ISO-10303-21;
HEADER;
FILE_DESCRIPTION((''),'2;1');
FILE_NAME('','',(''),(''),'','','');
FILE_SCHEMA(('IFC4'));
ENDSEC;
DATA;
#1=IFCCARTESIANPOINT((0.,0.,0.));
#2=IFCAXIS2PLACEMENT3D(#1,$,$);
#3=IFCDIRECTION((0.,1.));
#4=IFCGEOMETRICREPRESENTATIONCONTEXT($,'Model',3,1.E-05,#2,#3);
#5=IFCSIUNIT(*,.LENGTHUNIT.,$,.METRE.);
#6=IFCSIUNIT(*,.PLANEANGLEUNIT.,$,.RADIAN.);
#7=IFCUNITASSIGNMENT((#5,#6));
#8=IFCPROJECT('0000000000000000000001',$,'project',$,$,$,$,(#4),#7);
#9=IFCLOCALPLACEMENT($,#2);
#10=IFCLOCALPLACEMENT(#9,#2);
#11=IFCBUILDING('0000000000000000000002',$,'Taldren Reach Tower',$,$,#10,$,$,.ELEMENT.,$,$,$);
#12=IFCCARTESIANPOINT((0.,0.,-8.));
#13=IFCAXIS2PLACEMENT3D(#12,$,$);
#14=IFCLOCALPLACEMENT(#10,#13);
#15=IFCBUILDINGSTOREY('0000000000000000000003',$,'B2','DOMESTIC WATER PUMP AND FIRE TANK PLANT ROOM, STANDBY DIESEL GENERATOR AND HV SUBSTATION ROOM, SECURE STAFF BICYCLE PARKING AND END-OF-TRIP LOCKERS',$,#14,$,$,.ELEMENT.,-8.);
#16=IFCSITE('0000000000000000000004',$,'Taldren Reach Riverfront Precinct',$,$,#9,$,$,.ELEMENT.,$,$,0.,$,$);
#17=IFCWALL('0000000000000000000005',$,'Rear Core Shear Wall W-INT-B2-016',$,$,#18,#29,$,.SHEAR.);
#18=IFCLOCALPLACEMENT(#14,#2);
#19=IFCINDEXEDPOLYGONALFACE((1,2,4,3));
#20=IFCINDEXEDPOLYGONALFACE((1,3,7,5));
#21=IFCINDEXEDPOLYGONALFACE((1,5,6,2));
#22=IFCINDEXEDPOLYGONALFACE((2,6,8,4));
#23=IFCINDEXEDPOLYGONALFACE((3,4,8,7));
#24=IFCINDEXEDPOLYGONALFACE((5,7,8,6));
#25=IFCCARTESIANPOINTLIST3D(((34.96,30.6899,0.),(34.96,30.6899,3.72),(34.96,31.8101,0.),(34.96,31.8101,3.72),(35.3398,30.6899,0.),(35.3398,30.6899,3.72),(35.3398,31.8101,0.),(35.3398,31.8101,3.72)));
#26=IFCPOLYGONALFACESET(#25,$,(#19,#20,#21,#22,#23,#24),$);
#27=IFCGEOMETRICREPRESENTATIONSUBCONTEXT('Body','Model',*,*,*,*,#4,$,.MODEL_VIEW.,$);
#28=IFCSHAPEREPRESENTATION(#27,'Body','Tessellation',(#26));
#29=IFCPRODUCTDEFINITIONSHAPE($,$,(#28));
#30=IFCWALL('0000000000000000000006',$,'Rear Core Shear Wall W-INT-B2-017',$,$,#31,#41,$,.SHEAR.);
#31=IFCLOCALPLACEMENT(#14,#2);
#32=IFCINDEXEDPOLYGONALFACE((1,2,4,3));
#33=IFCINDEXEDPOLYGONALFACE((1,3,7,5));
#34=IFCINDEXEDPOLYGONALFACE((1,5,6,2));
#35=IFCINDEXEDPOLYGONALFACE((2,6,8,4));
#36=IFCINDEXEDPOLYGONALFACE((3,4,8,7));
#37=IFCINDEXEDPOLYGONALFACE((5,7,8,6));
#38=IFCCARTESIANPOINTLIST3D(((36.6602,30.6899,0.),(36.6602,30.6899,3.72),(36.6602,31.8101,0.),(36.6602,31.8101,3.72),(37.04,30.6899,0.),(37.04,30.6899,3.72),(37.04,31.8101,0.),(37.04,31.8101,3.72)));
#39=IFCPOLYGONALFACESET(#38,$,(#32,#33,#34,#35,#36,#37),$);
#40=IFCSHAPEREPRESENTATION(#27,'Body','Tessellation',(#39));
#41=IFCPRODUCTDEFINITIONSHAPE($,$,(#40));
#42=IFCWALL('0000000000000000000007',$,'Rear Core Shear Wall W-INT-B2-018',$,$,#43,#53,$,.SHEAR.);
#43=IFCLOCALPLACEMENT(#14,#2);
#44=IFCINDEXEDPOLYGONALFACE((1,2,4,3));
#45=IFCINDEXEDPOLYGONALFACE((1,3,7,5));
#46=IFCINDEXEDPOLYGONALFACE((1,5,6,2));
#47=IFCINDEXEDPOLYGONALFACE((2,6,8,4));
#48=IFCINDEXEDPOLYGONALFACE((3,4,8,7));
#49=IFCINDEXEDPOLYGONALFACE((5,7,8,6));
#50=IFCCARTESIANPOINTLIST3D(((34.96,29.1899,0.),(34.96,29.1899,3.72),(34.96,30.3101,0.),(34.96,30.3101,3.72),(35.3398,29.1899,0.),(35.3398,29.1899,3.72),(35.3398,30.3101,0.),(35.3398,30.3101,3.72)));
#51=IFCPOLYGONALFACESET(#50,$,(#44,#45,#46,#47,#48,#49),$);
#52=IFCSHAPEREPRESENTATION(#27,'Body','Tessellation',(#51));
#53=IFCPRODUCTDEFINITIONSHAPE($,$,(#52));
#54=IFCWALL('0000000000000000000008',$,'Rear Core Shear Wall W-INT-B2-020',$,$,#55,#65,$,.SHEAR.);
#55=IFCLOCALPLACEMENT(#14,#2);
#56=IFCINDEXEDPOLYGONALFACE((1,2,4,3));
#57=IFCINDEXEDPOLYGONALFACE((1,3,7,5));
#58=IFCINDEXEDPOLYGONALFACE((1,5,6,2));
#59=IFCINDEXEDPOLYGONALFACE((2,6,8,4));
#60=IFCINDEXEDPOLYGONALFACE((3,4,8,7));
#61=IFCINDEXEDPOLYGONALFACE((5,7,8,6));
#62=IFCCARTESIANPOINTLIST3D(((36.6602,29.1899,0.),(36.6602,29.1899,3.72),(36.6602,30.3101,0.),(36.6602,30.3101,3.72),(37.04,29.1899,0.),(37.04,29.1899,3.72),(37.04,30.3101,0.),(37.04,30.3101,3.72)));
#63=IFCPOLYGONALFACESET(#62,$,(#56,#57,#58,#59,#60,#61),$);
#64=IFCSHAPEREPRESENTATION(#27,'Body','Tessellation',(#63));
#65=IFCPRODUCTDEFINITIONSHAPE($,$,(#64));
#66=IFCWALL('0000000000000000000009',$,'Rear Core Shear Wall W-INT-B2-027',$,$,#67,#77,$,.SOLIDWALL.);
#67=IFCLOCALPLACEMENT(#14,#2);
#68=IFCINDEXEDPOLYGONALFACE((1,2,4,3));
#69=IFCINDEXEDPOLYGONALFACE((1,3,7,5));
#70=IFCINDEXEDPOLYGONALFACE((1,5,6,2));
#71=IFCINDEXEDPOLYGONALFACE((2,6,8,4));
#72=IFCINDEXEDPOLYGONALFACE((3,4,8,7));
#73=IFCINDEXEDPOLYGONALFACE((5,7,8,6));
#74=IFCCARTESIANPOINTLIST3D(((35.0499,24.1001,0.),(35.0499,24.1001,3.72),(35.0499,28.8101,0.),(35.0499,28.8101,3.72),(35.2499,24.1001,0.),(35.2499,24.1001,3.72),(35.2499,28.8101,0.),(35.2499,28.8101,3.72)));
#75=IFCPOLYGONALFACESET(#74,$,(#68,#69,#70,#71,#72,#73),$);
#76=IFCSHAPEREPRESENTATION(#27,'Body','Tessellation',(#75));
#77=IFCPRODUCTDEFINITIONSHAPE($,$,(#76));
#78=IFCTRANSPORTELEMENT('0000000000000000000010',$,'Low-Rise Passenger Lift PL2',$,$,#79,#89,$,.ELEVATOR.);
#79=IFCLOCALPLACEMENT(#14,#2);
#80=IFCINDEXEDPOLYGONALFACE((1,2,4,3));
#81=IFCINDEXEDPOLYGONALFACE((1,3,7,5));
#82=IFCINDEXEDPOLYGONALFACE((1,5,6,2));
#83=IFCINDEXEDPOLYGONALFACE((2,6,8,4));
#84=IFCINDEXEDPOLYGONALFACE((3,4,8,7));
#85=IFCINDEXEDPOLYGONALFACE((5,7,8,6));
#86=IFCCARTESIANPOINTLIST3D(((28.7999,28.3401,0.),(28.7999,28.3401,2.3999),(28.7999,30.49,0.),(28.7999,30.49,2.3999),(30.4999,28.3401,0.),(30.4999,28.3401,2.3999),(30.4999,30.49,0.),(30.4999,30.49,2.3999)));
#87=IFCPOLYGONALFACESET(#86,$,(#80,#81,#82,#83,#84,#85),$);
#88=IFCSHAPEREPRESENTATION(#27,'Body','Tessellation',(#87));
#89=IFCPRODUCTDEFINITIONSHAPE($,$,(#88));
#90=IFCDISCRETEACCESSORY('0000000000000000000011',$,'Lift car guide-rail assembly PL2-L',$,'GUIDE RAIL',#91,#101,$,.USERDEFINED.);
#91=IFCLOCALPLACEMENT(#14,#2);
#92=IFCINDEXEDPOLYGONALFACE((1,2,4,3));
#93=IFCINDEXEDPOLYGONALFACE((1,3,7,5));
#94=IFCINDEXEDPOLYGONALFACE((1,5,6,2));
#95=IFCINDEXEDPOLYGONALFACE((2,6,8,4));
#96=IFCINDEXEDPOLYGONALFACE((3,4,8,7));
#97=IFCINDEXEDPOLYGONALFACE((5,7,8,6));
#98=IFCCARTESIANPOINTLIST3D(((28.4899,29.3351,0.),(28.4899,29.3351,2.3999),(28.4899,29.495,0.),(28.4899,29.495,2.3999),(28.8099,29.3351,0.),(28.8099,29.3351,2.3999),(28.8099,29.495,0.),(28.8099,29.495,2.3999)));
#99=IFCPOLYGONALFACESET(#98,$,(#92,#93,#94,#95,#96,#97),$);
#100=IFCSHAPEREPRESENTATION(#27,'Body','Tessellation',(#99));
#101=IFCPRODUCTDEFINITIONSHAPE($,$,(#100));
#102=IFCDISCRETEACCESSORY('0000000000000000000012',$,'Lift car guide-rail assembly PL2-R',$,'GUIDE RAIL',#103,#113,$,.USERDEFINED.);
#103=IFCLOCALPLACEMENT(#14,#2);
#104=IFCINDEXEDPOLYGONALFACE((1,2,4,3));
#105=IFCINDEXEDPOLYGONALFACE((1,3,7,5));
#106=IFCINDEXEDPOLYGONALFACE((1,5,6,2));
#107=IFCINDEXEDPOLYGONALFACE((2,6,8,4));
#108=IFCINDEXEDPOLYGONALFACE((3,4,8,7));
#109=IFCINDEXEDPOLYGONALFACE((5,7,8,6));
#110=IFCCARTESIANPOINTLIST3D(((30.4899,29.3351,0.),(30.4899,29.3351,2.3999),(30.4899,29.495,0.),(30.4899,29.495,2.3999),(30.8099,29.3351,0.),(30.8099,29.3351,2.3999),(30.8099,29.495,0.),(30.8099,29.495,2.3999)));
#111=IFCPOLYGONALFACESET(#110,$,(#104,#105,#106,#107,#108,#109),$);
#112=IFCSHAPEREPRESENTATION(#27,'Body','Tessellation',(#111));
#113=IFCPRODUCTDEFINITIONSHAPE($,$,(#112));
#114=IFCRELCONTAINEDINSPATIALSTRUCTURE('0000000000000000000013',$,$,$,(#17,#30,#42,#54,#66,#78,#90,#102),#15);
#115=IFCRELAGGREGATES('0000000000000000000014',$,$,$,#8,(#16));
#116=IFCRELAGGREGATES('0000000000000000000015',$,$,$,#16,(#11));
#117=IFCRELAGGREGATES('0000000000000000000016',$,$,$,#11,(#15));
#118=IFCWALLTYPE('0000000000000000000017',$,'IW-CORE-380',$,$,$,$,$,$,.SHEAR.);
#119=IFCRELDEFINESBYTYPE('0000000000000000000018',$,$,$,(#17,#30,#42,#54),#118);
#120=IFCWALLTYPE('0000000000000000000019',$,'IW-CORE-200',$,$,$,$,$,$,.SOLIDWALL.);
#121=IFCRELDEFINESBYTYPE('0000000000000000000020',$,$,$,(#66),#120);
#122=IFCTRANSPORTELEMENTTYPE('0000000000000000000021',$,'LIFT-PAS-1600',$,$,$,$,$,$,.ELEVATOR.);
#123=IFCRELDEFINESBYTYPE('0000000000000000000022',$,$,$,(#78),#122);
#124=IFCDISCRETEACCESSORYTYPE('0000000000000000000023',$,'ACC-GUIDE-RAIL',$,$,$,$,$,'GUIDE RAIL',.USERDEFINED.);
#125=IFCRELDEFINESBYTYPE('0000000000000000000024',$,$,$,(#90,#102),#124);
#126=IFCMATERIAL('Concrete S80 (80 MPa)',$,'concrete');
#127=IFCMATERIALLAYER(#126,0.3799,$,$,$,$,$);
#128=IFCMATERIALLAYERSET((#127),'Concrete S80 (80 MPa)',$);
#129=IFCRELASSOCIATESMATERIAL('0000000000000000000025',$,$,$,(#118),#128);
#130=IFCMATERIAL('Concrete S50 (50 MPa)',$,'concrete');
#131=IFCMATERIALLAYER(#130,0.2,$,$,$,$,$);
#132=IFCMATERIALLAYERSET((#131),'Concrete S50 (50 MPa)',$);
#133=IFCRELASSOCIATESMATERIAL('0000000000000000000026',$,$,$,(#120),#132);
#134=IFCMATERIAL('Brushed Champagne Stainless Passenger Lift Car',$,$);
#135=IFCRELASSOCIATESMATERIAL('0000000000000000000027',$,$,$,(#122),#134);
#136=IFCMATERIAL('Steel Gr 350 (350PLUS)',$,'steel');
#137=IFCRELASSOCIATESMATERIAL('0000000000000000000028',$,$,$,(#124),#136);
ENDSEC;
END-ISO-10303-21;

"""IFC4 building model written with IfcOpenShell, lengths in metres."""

from ifc_helpers import new_model, si_unit, direction, frame, frame_2d, origin, origin_2d, place, context, subcontext, project, spatial, rectangle, extrude, source, transform, mapped, material, layer, layer_set, type_object, element, save


model = new_model("IFC4")

# Units and contexts
model_context = context("Model", 3, precision=1e-05, world=origin(), true_north=direction((0.0, 1.0)))
body_context = subcontext(model_context, "Body", "Model", "MODEL_VIEW")
ifc_project = project(units=[si_unit("LENGTHUNIT", "METRE"), si_unit("PLANEANGLEUNIT", "RADIAN")], contexts=[model_context])

# Site, building, storey
site_placement = place(None, origin())
site = spatial("IfcSite", under=ifc_project, at=site_placement, Name="Taldren Reach Riverfront Precinct", CompositionType="ELEMENT", RefElevation=0.0)
building_placement = place(site_placement, origin())
building = spatial("IfcBuilding", under=site, at=building_placement, Name="Taldren Reach Tower", CompositionType="ELEMENT")
storey_placement = place(building_placement, frame((0.0, 0.0, -8.0)))
storey = spatial("IfcBuildingStorey", under=building, at=storey_placement, Name="B2", Description="DOMESTIC WATER PUMP AND FIRE TANK PLANT ROOM, STANDBY DIESEL GENERATOR AND HV SUBSTATION ROOM, SECURE STAFF BICYCLE PARKING AND END-OF-TRIP LOCKERS", CompositionType="ELEMENT", Elevation=-8.0)

# Shared definitions
ifc_material_1 = material(Name="Concrete S50 (50 MPa)", Category="concrete")

# Shared definitions
ifc_material_2 = material(Name="Steel Gr 350 (350PLUS)", Category="steel")

# Walls
ifc_material_3 = material(Name="Concrete S80 (80 MPa)", Category="concrete")
ifc_layer_1 = layer(ifc_material_3, 0.3799)
ifc_layer_set_1 = layer_set([ifc_layer_1], Name="Concrete S80 (80 MPa)")
wall_type_1 = type_object("IfcWallType", Name="IW-CORE-380", PredefinedType="SHEAR", material=ifc_layer_set_1)
ifc_layer_2 = layer(ifc_material_1, 0.2)
ifc_layer_set_2 = layer_set([ifc_layer_2], Name="Concrete S50 (50 MPa)")
wall_type_2 = type_object("IfcWallType", Name="IW-CORE-200", PredefinedType="SOLIDWALL", material=ifc_layer_set_2)
shared_shape_1 = source(origin(), body_context, "Body", "SweptSolid", [
    extrude(rectangle(XDim=1.1201, YDim=0.3799, at=frame_2d((0.5601, 0.0))), origin(), (0.0, 0.0, 1.0), 3.72),
])
for number, where, z_axis, x_axis, name in (
    (1, (35.1499, 31.8101, 0.0), (0.0, 0.0, 1.0), (0.0, -1.0, 0.0), "Rear Core Shear Wall W-INT-B2-016"),
    (2, (36.8501, 30.6899, 0.0), (0.0, 0.0, 1.0), (0.0, 1.0, 0.0), "Rear Core Shear Wall W-INT-B2-017"),
    (3, (35.1499, 30.3101, 0.0), (0.0, 0.0, 1.0), (0.0, -1.0, 0.0), "Rear Core Shear Wall W-INT-B2-018"),
    (4, (36.8501, 29.1899, 0.0), (0.0, 0.0, 1.0), (0.0, 1.0, 0.0), "Rear Core Shear Wall W-INT-B2-020"),
):
    element("IfcWall", number, at=place(storey_placement, frame(where, z_axis=z_axis, x_axis=x_axis)), inside=storey, type_object=wall_type_1, Name=name, PredefinedType="SHEAR", context=body_context, shape_type="MappedRepresentation", body=[
        mapped(shared_shape_1, transform((0.0, 0.0, 0.0), scale=1.0)),
    ])

# Wall
shared_shape_2 = source(origin(), body_context, "Body", "SweptSolid", [
    extrude(rectangle(XDim=4.71, YDim=0.2, at=frame_2d((2.355, 0.0))), origin(), (0.0, 0.0, 1.0), 3.72),
])
wall_1_placement = place(storey_placement, frame((35.1499, 28.8101, 0.0), z_axis=(0.0, 0.0, 1.0), x_axis=(0.0, -1.0, 0.0)))
element("IfcWall", 5, at=wall_1_placement, inside=storey, type_object=wall_type_2, Name="Rear Core Shear Wall W-INT-B2-027", PredefinedType="SOLIDWALL", context=body_context, shape_type="MappedRepresentation", body=[
    mapped(shared_shape_2, transform((0.0, 0.0, 0.0), scale=1.0)),
])

# Transport element
ifc_material_4 = material(Name="Brushed Champagne Stainless Passenger Lift Car")
transport_element_type = type_object("IfcTransportElementType", Name="LIFT-PAS-1600", PredefinedType="ELEVATOR", material=ifc_material_4)
shared_shape_3 = source(origin(), body_context, "Body", "SweptSolid", [
    extrude(rectangle(XDim=1.7, YDim=2.1499, at=origin_2d()), origin(), (0.0, 0.0, 1.0), 2.3999),
])
transport_element_placement = place(storey_placement, frame((29.6499, 29.415, 0.0), z_axis=(0.0, 0.0, 1.0), x_axis=(1.0, 0.0, 0.0)))
element("IfcTransportElement", 6, at=transport_element_placement, inside=storey, type_object=transport_element_type, Name="Low-Rise Passenger Lift PL2", PredefinedType="ELEVATOR", context=body_context, shape_type="MappedRepresentation", body=[
    mapped(shared_shape_3, transform((0.0, 0.0, 0.0), scale=1.0)),
])

# Discrete accessories
discrete_accessory_type = type_object("IfcDiscreteAccessoryType", Name="ACC-GUIDE-RAIL", ElementType="GUIDE RAIL", PredefinedType="USERDEFINED", material=ifc_material_2)
shared_shape_4 = source(origin(), body_context, "Body", "SweptSolid", [
    extrude(rectangle(XDim=0.3201, YDim=0.1599, at=origin_2d()), origin(), (0.0, 0.0, 1.0), 2.3999),
])
for number, where, z_axis, x_axis, name in (
    (7, (28.6499, 29.415, 0.0), (0.0, 0.0, 1.0), (1.0, 0.0, 0.0), "Lift car guide-rail assembly PL2-L"),
    (8, (30.6499, 29.415, 0.0), (0.0, 0.0, 1.0), (1.0, 0.0, 0.0), "Lift car guide-rail assembly PL2-R"),
):
    element("IfcDiscreteAccessory", number, at=place(storey_placement, frame(where, z_axis=z_axis, x_axis=x_axis)), inside=storey, type_object=discrete_accessory_type, Name=name, ObjectType="GUIDE RAIL", PredefinedType="USERDEFINED", context=body_context, shape_type="MappedRepresentation", body=[
        mapped(shared_shape_4, transform((0.0, 0.0, 0.0), scale=1.0)),
    ])

save(model, "model.ifc")
